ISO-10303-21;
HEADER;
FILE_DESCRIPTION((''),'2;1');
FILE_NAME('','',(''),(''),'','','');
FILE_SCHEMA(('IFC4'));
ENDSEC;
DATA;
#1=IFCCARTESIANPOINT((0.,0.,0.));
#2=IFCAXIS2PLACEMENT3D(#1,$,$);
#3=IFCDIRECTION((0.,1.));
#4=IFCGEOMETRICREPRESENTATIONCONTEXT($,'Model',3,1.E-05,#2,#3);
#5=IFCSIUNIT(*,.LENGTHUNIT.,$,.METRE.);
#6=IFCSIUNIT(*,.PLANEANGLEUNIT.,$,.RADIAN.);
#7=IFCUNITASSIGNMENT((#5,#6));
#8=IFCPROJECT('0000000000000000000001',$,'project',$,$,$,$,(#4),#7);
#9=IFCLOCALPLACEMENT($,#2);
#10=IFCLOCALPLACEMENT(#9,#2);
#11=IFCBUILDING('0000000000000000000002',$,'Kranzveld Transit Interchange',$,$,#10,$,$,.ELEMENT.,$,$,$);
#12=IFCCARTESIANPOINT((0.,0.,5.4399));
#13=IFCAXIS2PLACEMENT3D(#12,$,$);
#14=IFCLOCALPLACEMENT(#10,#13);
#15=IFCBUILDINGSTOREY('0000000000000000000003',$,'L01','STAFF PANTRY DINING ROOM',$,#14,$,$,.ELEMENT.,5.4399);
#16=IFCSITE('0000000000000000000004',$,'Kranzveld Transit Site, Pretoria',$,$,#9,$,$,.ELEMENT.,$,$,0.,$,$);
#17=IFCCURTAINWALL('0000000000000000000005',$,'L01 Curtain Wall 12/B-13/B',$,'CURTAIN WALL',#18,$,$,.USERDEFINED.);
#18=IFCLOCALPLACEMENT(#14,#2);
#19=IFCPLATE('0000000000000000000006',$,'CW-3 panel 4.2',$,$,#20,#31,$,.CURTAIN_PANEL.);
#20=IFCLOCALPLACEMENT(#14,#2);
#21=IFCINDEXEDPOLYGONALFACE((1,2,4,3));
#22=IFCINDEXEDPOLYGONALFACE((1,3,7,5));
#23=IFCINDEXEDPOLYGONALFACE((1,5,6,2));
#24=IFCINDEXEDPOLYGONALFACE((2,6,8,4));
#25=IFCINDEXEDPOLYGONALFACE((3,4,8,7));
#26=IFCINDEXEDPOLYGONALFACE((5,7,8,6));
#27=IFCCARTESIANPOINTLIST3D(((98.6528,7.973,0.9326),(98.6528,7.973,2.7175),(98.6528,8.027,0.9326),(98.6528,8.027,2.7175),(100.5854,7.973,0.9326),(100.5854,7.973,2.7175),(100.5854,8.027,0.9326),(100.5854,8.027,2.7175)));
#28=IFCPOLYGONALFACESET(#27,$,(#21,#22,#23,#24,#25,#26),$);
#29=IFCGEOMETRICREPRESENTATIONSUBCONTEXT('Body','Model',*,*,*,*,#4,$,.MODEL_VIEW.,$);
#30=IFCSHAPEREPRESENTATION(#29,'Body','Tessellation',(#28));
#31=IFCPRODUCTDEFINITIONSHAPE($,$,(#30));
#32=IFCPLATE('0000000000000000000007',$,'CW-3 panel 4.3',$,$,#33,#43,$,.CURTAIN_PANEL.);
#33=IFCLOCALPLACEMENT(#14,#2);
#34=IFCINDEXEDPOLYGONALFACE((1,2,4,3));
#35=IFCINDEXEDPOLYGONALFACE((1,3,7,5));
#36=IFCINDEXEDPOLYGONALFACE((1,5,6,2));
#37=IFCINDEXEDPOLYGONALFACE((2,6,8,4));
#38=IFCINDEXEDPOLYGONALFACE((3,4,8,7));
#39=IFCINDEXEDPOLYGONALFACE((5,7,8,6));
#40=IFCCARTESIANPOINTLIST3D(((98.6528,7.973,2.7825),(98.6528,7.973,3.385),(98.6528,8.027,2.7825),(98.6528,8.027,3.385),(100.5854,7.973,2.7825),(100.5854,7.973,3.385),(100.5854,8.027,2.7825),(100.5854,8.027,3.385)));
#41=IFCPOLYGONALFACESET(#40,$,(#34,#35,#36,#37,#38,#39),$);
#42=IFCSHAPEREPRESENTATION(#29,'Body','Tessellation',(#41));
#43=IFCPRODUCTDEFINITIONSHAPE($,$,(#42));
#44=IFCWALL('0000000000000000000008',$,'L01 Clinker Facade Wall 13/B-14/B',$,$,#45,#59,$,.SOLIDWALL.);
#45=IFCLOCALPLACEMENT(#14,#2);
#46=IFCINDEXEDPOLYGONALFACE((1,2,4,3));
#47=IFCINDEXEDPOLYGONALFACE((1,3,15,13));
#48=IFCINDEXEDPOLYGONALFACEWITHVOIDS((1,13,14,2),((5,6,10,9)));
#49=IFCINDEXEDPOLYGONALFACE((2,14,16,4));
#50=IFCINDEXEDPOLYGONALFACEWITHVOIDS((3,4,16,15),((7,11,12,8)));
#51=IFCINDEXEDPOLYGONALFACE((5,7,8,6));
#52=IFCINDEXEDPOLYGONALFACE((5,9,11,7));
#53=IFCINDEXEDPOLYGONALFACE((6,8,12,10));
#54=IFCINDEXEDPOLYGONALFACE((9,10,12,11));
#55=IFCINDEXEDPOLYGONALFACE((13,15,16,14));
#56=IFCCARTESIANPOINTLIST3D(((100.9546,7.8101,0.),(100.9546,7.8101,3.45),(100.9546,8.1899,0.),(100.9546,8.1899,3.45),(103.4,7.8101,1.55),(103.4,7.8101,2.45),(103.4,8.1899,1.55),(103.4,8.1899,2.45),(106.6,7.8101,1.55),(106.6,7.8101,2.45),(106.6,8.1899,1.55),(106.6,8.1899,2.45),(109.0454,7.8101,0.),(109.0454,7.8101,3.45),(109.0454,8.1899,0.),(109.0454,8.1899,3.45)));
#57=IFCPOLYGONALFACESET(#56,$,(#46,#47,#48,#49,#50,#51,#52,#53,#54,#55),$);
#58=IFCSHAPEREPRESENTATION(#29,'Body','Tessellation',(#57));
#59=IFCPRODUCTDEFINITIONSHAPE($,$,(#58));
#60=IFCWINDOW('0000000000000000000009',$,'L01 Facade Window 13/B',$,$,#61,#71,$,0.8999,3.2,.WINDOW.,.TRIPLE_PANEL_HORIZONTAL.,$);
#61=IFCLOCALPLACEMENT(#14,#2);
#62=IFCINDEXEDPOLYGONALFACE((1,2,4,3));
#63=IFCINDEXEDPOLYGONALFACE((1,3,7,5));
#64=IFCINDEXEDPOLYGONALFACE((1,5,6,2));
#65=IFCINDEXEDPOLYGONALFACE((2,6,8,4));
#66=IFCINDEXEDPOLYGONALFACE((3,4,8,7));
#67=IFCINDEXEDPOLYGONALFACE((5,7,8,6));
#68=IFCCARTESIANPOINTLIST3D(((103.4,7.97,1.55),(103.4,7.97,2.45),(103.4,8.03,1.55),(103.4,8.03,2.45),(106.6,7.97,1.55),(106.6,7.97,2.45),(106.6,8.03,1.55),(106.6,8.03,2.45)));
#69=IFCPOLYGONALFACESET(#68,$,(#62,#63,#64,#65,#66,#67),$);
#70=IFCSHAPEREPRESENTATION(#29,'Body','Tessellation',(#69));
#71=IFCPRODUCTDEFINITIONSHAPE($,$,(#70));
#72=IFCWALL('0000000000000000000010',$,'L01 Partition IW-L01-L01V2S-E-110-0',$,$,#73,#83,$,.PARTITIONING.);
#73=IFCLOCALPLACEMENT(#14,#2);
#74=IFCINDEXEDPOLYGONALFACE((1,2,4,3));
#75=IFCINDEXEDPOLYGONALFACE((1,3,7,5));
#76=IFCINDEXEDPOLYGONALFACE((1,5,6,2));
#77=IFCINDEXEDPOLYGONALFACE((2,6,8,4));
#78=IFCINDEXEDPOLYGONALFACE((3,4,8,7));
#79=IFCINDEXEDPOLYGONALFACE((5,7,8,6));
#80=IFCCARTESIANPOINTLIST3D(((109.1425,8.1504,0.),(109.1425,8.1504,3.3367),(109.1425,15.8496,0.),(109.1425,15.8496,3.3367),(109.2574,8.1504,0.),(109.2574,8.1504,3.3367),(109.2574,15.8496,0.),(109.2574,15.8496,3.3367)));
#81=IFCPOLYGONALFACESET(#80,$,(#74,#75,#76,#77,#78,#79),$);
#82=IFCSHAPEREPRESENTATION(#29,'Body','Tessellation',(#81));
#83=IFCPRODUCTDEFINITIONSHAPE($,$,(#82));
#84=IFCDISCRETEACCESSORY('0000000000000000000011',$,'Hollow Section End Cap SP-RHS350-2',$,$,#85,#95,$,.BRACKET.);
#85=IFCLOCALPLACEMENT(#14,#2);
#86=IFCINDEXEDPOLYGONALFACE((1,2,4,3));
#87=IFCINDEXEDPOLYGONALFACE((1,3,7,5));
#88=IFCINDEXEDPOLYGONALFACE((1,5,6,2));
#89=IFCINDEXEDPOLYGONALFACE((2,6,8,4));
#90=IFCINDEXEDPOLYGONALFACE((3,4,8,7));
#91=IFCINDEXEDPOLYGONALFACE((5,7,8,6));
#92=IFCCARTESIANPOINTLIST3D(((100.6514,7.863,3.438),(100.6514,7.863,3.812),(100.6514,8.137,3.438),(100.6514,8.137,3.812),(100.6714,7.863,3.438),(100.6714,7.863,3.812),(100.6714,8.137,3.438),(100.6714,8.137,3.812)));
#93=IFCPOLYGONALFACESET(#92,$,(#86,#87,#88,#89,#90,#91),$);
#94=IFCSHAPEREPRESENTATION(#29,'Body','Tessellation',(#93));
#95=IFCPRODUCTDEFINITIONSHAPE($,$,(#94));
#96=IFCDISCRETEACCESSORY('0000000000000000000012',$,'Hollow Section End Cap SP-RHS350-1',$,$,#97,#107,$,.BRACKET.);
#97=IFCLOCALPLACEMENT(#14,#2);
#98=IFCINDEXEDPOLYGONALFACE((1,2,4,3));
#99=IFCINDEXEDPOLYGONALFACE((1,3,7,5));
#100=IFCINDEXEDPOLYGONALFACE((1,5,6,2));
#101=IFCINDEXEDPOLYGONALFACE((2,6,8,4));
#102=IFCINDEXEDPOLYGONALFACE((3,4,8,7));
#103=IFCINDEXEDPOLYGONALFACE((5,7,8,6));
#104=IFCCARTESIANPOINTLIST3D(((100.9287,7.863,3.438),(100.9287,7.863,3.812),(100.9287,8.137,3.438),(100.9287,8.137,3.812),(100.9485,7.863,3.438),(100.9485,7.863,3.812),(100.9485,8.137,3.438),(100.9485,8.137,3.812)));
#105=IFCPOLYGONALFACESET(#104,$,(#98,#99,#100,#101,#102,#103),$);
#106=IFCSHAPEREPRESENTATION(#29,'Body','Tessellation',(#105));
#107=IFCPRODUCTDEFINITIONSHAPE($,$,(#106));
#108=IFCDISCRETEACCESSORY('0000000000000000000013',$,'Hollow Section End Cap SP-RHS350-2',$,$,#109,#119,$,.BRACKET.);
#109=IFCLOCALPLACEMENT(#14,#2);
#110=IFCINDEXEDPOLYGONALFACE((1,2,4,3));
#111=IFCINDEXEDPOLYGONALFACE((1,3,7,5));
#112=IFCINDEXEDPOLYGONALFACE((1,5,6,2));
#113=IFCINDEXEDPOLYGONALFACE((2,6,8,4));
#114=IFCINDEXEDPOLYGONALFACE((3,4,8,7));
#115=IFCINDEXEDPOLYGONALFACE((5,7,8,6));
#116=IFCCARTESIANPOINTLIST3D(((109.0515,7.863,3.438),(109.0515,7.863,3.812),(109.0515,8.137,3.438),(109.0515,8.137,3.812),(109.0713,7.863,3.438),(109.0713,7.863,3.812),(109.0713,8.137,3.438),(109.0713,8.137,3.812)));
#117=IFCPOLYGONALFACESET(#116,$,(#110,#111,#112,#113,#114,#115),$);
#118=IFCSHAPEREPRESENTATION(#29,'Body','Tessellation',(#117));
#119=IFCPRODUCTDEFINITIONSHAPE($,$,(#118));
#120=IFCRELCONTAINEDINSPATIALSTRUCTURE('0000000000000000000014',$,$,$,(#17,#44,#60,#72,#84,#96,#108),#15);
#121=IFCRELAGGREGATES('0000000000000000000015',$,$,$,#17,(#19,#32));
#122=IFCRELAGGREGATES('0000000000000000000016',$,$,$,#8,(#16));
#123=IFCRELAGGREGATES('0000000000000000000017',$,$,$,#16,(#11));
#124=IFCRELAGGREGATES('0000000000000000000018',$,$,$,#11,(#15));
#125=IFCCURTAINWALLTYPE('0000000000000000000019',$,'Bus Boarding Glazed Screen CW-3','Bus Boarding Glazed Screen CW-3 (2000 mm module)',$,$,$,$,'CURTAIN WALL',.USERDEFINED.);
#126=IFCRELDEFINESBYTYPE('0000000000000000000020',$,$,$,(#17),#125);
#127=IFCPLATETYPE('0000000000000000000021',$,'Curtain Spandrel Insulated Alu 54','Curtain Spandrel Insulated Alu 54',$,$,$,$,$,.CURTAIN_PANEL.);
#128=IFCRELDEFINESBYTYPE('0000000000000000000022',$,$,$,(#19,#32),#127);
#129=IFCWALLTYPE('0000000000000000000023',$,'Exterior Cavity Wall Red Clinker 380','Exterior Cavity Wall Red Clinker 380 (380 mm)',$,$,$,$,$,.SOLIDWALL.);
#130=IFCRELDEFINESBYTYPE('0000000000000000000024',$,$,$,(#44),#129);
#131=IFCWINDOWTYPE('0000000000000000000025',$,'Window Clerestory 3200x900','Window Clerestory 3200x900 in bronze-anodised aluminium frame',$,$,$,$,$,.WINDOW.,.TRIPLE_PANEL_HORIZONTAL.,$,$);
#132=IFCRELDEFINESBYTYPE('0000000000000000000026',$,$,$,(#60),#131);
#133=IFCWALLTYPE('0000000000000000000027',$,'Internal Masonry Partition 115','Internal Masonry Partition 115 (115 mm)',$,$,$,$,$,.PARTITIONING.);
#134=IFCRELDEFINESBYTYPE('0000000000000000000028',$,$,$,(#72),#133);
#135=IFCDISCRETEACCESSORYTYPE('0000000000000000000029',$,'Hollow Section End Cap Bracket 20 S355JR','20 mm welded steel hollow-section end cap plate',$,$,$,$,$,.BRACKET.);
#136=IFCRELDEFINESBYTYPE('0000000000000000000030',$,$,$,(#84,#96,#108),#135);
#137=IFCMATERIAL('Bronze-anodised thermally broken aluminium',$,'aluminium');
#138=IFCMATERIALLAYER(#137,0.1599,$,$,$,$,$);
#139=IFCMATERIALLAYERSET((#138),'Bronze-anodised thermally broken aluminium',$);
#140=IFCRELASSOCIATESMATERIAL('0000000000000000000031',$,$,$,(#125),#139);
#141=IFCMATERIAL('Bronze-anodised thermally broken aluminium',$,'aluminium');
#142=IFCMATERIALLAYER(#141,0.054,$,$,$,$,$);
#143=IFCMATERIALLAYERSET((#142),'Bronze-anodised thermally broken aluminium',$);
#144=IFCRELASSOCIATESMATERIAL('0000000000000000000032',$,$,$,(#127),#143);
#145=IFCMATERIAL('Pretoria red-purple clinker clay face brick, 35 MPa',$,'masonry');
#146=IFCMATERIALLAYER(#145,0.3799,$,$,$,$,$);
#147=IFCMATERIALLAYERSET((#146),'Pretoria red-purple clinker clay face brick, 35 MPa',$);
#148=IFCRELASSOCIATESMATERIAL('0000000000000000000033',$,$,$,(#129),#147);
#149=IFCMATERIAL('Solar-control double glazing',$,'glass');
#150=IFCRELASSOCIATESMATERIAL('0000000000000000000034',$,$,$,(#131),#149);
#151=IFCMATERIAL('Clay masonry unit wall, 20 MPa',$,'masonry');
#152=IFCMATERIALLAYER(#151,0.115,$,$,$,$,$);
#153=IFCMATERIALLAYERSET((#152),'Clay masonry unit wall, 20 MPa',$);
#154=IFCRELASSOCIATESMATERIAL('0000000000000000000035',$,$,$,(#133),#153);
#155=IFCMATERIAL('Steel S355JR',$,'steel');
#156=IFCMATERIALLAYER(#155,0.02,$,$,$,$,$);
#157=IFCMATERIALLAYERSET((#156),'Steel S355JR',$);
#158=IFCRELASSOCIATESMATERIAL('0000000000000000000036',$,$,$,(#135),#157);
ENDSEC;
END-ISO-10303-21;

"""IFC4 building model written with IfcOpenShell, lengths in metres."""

from ifc_helpers import new_model, si_unit, direction, frame, frame_2d, origin, origin_2d, place, context, subcontext, project, spatial, rectangle, extrude, material, layer, layer_set, type_object, element, fill, aggregate, save


model = new_model("IFC4")

# Units and contexts
model_context = context("Model", 3, precision=1e-05, world=origin(), true_north=direction((0.0, 1.0)))
body_context = subcontext(model_context, "Body", "Model", "MODEL_VIEW")
ifc_project = project(units=[si_unit("LENGTHUNIT", "METRE"), si_unit("PLANEANGLEUNIT", "RADIAN")], contexts=[model_context])

# Site, building, storey
site_placement = place(None, origin())
site = spatial("IfcSite", under=ifc_project, at=site_placement, Name="Kranzveld Transit Site, Pretoria", CompositionType="ELEMENT", RefElevation=0.0)
building_placement = place(site_placement, origin())
building = spatial("IfcBuilding", under=site, at=building_placement, Name="Kranzveld Transit Interchange", CompositionType="ELEMENT")
storey_placement = place(building_placement, frame((0.0, 0.0, 5.4399)))
storey = spatial("IfcBuildingStorey", under=building, at=storey_placement, Name="L01", Description="STAFF PANTRY DINING ROOM", CompositionType="ELEMENT", Elevation=5.4399)

# Curtain wall
ifc_material_1 = material(Name="Bronze-anodised thermally broken aluminium", Category="aluminium")
ifc_layer_1 = layer(ifc_material_1, 0.1599)
ifc_layer_set_1 = layer_set([ifc_layer_1], Name="Bronze-anodised thermally broken aluminium")
curtain_wall_type = type_object("IfcCurtainWallType", Name="Bus Boarding Glazed Screen CW-3", Description="Bus Boarding Glazed Screen CW-3 (2000 mm module)", ElementType="CURTAIN WALL", PredefinedType="USERDEFINED", material=ifc_layer_set_1)
curtain_wall_placement = place(storey_placement, origin())
curtain_wall = element("IfcCurtainWall", 1, at=curtain_wall_placement, inside=storey, type_object=curtain_wall_type, Name="L01 Curtain Wall 12/B-13/B", ObjectType="CURTAIN WALL", PredefinedType="USERDEFINED")

# Plates
ifc_material_2 = material(Name="Bronze-anodised thermally broken aluminium", Category="aluminium")
ifc_layer_2 = layer(ifc_material_2, 0.054)
ifc_layer_set_2 = layer_set([ifc_layer_2], Name="Bronze-anodised thermally broken aluminium")
plate_type = type_object("IfcPlateType", Name="Curtain Spandrel Insulated Alu 54", Description="Curtain Spandrel Insulated Alu 54", PredefinedType="CURTAIN_PANEL", material=ifc_layer_set_2)
plate_1_placement = place(storey_placement, frame((99.6191, 8.0, 0.9326), z_axis=(0.0, 0.0, 1.0), x_axis=(1.0, 0.0, 0.0)))
plate_1 = element("IfcPlate", 2, at=plate_1_placement, type_object=plate_type, Name="CW-3 panel 4.2", PredefinedType="CURTAIN_PANEL", context=body_context, shape_type="SweptSolid", body=[
    extrude(rectangle(XDim=1.9326, YDim=0.054, at=origin_2d()), origin(), (0.0, 0.0, 1.0), 1.7849),
])
plate_2_placement = place(storey_placement, frame((99.6191, 8.0, 2.7825), z_axis=(0.0, 0.0, 1.0), x_axis=(1.0, 0.0, 0.0)))
plate_2 = element("IfcPlate", 3, at=plate_2_placement, type_object=plate_type, Name="CW-3 panel 4.3", PredefinedType="CURTAIN_PANEL", context=body_context, shape_type="SweptSolid", body=[
    extrude(rectangle(XDim=1.9326, YDim=0.054, at=origin_2d()), origin(), (0.0, 0.0, 1.0), 0.6025),
])
aggregate(curtain_wall, [plate_1, plate_2])

# Wall, opening, window
ifc_material_3 = material(Name="Pretoria red-purple clinker clay face brick, 35 MPa", Category="masonry")
ifc_layer_3 = layer(ifc_material_3, 0.3799)
ifc_layer_set_3 = layer_set([ifc_layer_3], Name="Pretoria red-purple clinker clay face brick, 35 MPa")
wall_type_1 = type_object("IfcWallType", Name="Exterior Cavity Wall Red Clinker 380", Description="Exterior Cavity Wall Red Clinker 380 (380 mm)", PredefinedType="SOLIDWALL", material=ifc_layer_set_3)
wall_1_placement = place(storey_placement, frame((100.9546, 8.0, 0.0), z_axis=(0.0, 0.0, 1.0), x_axis=(1.0, 0.0, 0.0)))
wall_1 = element("IfcWall", 4, at=wall_1_placement, inside=storey, type_object=wall_type_1, Name="L01 Clinker Facade Wall 13/B-14/B", PredefinedType="SOLIDWALL", context=body_context, shape_type="SweptSolid", body=[
    extrude(rectangle(XDim=8.0908, YDim=0.3799, at=frame_2d((4.0454, 0.0))), origin(), (0.0, 0.0, 1.0), 3.45),
])
opening_placement = place(wall_1_placement, frame((2.4453, 0.0, 1.55), z_axis=(0.0, 0.0, 1.0), x_axis=(1.0, 0.0, 0.0)))
opening = element("IfcOpeningElement", 5, at=opening_placement, cuts=wall_1, PredefinedType="OPENING", context=body_context, shape_type="SweptSolid", body=[
    extrude(rectangle(XDim=3.2, YDim=0.8999, at=frame_2d((1.6001, 0.45))), frame((0.0, 0.2, 0.0), z_axis=(0.0, -1.0, 0.0), x_axis=(1.0, 0.0, 0.0)), (0.0, 0.0, 1.0), 0.3999),
])
ifc_material_4 = material(Name="Solar-control double glazing", Category="glass")
window_type = type_object("IfcWindowType", Name="Window Clerestory 3200x900", Description="Window Clerestory 3200x900 in bronze-anodised aluminium frame", PartitioningType="TRIPLE_PANEL_HORIZONTAL", PredefinedType="WINDOW", material=ifc_material_4)
window_placement = place(opening_placement, origin())
window = element("IfcWindow", 6, at=window_placement, inside=storey, type_object=window_type, Name="L01 Facade Window 13/B", OverallHeight=0.8999, OverallWidth=3.2, PartitioningType="TRIPLE_PANEL_HORIZONTAL", PredefinedType="WINDOW", context=body_context, shape_type="SweptSolid", body=[
    extrude(rectangle(XDim=3.2, YDim=0.8999, at=frame_2d((1.6001, 0.45))), frame((0.0, 0.03, 0.0), z_axis=(0.0, -1.0, 0.0), x_axis=(1.0, 0.0, 0.0)), (0.0, 0.0, 1.0), 0.0601),
])
fill(opening, window)

# Wall
ifc_material_5 = material(Name="Clay masonry unit wall, 20 MPa", Category="masonry")
ifc_layer_4 = layer(ifc_material_5, 0.115)
ifc_layer_set_4 = layer_set([ifc_layer_4], Name="Clay masonry unit wall, 20 MPa")
wall_type_2 = type_object("IfcWallType", Name="Internal Masonry Partition 115", Description="Internal Masonry Partition 115 (115 mm)", PredefinedType="PARTITIONING", material=ifc_layer_set_4)
wall_2_placement = place(storey_placement, frame((109.2, 8.1504, 0.0), z_axis=(0.0, 0.0, 1.0), x_axis=(0.0, 1.0, 0.0)))
element("IfcWall", 7, at=wall_2_placement, inside=storey, type_object=wall_type_2, Name="L01 Partition IW-L01-L01V2S-E-110-0", PredefinedType="PARTITIONING", context=body_context, shape_type="SweptSolid", body=[
    extrude(rectangle(XDim=7.6992, YDim=0.115, at=frame_2d((3.8496, 0.0))), origin(), (0.0, 0.0, 1.0), 3.3367),
])

# Discrete accessories
ifc_material_6 = material(Name="Steel S355JR", Category="steel")
ifc_layer_5 = layer(ifc_material_6, 0.02)
ifc_layer_set_5 = layer_set([ifc_layer_5], Name="Steel S355JR")
discrete_accessory_type = type_object("IfcDiscreteAccessoryType", Name="Hollow Section End Cap Bracket 20 S355JR", Description="20 mm welded steel hollow-section end cap plate", PredefinedType="BRACKET", material=ifc_layer_set_5)
discrete_accessory_placement = place(storey_placement, frame((100.6514, 8.0, 3.625), z_axis=(1.0, 0.0, 0.0), x_axis=(0.0, 1.0, 0.0)))
element("IfcDiscreteAccessory", 8, at=discrete_accessory_placement, inside=storey, type_object=discrete_accessory_type, Name="Hollow Section End Cap SP-RHS350-2", PredefinedType="BRACKET", context=body_context, shape_type="SweptSolid", body=[
    extrude(rectangle(XDim=0.2739, YDim=0.374, at=origin_2d()), origin(), (0.0, 0.0, 1.0), 0.02),
])
for number, where, z_axis, x_axis, name in (
    (9, (100.9485, 8.0, 3.625), (-1.0, 0.0, 0.0), (0.0, -1.0, 0.0), "Hollow Section End Cap SP-RHS350-1"),
    (10, (109.0515, 8.0, 3.625), (1.0, 0.0, 0.0), (0.0, 1.0, 0.0), "Hollow Section End Cap SP-RHS350-2"),
):
    element("IfcDiscreteAccessory", number, at=place(storey_placement, frame(where, z_axis=z_axis, x_axis=x_axis)), inside=storey, type_object=discrete_accessory_type, Name=name, PredefinedType="BRACKET", context=body_context, shape_type="SweptSolid", body=[
        extrude(rectangle(XDim=0.2739, YDim=0.374, at=origin_2d()), origin(), (0.0, 0.0, 1.0), 0.0198),
    ])

save(model, "model.ifc")
